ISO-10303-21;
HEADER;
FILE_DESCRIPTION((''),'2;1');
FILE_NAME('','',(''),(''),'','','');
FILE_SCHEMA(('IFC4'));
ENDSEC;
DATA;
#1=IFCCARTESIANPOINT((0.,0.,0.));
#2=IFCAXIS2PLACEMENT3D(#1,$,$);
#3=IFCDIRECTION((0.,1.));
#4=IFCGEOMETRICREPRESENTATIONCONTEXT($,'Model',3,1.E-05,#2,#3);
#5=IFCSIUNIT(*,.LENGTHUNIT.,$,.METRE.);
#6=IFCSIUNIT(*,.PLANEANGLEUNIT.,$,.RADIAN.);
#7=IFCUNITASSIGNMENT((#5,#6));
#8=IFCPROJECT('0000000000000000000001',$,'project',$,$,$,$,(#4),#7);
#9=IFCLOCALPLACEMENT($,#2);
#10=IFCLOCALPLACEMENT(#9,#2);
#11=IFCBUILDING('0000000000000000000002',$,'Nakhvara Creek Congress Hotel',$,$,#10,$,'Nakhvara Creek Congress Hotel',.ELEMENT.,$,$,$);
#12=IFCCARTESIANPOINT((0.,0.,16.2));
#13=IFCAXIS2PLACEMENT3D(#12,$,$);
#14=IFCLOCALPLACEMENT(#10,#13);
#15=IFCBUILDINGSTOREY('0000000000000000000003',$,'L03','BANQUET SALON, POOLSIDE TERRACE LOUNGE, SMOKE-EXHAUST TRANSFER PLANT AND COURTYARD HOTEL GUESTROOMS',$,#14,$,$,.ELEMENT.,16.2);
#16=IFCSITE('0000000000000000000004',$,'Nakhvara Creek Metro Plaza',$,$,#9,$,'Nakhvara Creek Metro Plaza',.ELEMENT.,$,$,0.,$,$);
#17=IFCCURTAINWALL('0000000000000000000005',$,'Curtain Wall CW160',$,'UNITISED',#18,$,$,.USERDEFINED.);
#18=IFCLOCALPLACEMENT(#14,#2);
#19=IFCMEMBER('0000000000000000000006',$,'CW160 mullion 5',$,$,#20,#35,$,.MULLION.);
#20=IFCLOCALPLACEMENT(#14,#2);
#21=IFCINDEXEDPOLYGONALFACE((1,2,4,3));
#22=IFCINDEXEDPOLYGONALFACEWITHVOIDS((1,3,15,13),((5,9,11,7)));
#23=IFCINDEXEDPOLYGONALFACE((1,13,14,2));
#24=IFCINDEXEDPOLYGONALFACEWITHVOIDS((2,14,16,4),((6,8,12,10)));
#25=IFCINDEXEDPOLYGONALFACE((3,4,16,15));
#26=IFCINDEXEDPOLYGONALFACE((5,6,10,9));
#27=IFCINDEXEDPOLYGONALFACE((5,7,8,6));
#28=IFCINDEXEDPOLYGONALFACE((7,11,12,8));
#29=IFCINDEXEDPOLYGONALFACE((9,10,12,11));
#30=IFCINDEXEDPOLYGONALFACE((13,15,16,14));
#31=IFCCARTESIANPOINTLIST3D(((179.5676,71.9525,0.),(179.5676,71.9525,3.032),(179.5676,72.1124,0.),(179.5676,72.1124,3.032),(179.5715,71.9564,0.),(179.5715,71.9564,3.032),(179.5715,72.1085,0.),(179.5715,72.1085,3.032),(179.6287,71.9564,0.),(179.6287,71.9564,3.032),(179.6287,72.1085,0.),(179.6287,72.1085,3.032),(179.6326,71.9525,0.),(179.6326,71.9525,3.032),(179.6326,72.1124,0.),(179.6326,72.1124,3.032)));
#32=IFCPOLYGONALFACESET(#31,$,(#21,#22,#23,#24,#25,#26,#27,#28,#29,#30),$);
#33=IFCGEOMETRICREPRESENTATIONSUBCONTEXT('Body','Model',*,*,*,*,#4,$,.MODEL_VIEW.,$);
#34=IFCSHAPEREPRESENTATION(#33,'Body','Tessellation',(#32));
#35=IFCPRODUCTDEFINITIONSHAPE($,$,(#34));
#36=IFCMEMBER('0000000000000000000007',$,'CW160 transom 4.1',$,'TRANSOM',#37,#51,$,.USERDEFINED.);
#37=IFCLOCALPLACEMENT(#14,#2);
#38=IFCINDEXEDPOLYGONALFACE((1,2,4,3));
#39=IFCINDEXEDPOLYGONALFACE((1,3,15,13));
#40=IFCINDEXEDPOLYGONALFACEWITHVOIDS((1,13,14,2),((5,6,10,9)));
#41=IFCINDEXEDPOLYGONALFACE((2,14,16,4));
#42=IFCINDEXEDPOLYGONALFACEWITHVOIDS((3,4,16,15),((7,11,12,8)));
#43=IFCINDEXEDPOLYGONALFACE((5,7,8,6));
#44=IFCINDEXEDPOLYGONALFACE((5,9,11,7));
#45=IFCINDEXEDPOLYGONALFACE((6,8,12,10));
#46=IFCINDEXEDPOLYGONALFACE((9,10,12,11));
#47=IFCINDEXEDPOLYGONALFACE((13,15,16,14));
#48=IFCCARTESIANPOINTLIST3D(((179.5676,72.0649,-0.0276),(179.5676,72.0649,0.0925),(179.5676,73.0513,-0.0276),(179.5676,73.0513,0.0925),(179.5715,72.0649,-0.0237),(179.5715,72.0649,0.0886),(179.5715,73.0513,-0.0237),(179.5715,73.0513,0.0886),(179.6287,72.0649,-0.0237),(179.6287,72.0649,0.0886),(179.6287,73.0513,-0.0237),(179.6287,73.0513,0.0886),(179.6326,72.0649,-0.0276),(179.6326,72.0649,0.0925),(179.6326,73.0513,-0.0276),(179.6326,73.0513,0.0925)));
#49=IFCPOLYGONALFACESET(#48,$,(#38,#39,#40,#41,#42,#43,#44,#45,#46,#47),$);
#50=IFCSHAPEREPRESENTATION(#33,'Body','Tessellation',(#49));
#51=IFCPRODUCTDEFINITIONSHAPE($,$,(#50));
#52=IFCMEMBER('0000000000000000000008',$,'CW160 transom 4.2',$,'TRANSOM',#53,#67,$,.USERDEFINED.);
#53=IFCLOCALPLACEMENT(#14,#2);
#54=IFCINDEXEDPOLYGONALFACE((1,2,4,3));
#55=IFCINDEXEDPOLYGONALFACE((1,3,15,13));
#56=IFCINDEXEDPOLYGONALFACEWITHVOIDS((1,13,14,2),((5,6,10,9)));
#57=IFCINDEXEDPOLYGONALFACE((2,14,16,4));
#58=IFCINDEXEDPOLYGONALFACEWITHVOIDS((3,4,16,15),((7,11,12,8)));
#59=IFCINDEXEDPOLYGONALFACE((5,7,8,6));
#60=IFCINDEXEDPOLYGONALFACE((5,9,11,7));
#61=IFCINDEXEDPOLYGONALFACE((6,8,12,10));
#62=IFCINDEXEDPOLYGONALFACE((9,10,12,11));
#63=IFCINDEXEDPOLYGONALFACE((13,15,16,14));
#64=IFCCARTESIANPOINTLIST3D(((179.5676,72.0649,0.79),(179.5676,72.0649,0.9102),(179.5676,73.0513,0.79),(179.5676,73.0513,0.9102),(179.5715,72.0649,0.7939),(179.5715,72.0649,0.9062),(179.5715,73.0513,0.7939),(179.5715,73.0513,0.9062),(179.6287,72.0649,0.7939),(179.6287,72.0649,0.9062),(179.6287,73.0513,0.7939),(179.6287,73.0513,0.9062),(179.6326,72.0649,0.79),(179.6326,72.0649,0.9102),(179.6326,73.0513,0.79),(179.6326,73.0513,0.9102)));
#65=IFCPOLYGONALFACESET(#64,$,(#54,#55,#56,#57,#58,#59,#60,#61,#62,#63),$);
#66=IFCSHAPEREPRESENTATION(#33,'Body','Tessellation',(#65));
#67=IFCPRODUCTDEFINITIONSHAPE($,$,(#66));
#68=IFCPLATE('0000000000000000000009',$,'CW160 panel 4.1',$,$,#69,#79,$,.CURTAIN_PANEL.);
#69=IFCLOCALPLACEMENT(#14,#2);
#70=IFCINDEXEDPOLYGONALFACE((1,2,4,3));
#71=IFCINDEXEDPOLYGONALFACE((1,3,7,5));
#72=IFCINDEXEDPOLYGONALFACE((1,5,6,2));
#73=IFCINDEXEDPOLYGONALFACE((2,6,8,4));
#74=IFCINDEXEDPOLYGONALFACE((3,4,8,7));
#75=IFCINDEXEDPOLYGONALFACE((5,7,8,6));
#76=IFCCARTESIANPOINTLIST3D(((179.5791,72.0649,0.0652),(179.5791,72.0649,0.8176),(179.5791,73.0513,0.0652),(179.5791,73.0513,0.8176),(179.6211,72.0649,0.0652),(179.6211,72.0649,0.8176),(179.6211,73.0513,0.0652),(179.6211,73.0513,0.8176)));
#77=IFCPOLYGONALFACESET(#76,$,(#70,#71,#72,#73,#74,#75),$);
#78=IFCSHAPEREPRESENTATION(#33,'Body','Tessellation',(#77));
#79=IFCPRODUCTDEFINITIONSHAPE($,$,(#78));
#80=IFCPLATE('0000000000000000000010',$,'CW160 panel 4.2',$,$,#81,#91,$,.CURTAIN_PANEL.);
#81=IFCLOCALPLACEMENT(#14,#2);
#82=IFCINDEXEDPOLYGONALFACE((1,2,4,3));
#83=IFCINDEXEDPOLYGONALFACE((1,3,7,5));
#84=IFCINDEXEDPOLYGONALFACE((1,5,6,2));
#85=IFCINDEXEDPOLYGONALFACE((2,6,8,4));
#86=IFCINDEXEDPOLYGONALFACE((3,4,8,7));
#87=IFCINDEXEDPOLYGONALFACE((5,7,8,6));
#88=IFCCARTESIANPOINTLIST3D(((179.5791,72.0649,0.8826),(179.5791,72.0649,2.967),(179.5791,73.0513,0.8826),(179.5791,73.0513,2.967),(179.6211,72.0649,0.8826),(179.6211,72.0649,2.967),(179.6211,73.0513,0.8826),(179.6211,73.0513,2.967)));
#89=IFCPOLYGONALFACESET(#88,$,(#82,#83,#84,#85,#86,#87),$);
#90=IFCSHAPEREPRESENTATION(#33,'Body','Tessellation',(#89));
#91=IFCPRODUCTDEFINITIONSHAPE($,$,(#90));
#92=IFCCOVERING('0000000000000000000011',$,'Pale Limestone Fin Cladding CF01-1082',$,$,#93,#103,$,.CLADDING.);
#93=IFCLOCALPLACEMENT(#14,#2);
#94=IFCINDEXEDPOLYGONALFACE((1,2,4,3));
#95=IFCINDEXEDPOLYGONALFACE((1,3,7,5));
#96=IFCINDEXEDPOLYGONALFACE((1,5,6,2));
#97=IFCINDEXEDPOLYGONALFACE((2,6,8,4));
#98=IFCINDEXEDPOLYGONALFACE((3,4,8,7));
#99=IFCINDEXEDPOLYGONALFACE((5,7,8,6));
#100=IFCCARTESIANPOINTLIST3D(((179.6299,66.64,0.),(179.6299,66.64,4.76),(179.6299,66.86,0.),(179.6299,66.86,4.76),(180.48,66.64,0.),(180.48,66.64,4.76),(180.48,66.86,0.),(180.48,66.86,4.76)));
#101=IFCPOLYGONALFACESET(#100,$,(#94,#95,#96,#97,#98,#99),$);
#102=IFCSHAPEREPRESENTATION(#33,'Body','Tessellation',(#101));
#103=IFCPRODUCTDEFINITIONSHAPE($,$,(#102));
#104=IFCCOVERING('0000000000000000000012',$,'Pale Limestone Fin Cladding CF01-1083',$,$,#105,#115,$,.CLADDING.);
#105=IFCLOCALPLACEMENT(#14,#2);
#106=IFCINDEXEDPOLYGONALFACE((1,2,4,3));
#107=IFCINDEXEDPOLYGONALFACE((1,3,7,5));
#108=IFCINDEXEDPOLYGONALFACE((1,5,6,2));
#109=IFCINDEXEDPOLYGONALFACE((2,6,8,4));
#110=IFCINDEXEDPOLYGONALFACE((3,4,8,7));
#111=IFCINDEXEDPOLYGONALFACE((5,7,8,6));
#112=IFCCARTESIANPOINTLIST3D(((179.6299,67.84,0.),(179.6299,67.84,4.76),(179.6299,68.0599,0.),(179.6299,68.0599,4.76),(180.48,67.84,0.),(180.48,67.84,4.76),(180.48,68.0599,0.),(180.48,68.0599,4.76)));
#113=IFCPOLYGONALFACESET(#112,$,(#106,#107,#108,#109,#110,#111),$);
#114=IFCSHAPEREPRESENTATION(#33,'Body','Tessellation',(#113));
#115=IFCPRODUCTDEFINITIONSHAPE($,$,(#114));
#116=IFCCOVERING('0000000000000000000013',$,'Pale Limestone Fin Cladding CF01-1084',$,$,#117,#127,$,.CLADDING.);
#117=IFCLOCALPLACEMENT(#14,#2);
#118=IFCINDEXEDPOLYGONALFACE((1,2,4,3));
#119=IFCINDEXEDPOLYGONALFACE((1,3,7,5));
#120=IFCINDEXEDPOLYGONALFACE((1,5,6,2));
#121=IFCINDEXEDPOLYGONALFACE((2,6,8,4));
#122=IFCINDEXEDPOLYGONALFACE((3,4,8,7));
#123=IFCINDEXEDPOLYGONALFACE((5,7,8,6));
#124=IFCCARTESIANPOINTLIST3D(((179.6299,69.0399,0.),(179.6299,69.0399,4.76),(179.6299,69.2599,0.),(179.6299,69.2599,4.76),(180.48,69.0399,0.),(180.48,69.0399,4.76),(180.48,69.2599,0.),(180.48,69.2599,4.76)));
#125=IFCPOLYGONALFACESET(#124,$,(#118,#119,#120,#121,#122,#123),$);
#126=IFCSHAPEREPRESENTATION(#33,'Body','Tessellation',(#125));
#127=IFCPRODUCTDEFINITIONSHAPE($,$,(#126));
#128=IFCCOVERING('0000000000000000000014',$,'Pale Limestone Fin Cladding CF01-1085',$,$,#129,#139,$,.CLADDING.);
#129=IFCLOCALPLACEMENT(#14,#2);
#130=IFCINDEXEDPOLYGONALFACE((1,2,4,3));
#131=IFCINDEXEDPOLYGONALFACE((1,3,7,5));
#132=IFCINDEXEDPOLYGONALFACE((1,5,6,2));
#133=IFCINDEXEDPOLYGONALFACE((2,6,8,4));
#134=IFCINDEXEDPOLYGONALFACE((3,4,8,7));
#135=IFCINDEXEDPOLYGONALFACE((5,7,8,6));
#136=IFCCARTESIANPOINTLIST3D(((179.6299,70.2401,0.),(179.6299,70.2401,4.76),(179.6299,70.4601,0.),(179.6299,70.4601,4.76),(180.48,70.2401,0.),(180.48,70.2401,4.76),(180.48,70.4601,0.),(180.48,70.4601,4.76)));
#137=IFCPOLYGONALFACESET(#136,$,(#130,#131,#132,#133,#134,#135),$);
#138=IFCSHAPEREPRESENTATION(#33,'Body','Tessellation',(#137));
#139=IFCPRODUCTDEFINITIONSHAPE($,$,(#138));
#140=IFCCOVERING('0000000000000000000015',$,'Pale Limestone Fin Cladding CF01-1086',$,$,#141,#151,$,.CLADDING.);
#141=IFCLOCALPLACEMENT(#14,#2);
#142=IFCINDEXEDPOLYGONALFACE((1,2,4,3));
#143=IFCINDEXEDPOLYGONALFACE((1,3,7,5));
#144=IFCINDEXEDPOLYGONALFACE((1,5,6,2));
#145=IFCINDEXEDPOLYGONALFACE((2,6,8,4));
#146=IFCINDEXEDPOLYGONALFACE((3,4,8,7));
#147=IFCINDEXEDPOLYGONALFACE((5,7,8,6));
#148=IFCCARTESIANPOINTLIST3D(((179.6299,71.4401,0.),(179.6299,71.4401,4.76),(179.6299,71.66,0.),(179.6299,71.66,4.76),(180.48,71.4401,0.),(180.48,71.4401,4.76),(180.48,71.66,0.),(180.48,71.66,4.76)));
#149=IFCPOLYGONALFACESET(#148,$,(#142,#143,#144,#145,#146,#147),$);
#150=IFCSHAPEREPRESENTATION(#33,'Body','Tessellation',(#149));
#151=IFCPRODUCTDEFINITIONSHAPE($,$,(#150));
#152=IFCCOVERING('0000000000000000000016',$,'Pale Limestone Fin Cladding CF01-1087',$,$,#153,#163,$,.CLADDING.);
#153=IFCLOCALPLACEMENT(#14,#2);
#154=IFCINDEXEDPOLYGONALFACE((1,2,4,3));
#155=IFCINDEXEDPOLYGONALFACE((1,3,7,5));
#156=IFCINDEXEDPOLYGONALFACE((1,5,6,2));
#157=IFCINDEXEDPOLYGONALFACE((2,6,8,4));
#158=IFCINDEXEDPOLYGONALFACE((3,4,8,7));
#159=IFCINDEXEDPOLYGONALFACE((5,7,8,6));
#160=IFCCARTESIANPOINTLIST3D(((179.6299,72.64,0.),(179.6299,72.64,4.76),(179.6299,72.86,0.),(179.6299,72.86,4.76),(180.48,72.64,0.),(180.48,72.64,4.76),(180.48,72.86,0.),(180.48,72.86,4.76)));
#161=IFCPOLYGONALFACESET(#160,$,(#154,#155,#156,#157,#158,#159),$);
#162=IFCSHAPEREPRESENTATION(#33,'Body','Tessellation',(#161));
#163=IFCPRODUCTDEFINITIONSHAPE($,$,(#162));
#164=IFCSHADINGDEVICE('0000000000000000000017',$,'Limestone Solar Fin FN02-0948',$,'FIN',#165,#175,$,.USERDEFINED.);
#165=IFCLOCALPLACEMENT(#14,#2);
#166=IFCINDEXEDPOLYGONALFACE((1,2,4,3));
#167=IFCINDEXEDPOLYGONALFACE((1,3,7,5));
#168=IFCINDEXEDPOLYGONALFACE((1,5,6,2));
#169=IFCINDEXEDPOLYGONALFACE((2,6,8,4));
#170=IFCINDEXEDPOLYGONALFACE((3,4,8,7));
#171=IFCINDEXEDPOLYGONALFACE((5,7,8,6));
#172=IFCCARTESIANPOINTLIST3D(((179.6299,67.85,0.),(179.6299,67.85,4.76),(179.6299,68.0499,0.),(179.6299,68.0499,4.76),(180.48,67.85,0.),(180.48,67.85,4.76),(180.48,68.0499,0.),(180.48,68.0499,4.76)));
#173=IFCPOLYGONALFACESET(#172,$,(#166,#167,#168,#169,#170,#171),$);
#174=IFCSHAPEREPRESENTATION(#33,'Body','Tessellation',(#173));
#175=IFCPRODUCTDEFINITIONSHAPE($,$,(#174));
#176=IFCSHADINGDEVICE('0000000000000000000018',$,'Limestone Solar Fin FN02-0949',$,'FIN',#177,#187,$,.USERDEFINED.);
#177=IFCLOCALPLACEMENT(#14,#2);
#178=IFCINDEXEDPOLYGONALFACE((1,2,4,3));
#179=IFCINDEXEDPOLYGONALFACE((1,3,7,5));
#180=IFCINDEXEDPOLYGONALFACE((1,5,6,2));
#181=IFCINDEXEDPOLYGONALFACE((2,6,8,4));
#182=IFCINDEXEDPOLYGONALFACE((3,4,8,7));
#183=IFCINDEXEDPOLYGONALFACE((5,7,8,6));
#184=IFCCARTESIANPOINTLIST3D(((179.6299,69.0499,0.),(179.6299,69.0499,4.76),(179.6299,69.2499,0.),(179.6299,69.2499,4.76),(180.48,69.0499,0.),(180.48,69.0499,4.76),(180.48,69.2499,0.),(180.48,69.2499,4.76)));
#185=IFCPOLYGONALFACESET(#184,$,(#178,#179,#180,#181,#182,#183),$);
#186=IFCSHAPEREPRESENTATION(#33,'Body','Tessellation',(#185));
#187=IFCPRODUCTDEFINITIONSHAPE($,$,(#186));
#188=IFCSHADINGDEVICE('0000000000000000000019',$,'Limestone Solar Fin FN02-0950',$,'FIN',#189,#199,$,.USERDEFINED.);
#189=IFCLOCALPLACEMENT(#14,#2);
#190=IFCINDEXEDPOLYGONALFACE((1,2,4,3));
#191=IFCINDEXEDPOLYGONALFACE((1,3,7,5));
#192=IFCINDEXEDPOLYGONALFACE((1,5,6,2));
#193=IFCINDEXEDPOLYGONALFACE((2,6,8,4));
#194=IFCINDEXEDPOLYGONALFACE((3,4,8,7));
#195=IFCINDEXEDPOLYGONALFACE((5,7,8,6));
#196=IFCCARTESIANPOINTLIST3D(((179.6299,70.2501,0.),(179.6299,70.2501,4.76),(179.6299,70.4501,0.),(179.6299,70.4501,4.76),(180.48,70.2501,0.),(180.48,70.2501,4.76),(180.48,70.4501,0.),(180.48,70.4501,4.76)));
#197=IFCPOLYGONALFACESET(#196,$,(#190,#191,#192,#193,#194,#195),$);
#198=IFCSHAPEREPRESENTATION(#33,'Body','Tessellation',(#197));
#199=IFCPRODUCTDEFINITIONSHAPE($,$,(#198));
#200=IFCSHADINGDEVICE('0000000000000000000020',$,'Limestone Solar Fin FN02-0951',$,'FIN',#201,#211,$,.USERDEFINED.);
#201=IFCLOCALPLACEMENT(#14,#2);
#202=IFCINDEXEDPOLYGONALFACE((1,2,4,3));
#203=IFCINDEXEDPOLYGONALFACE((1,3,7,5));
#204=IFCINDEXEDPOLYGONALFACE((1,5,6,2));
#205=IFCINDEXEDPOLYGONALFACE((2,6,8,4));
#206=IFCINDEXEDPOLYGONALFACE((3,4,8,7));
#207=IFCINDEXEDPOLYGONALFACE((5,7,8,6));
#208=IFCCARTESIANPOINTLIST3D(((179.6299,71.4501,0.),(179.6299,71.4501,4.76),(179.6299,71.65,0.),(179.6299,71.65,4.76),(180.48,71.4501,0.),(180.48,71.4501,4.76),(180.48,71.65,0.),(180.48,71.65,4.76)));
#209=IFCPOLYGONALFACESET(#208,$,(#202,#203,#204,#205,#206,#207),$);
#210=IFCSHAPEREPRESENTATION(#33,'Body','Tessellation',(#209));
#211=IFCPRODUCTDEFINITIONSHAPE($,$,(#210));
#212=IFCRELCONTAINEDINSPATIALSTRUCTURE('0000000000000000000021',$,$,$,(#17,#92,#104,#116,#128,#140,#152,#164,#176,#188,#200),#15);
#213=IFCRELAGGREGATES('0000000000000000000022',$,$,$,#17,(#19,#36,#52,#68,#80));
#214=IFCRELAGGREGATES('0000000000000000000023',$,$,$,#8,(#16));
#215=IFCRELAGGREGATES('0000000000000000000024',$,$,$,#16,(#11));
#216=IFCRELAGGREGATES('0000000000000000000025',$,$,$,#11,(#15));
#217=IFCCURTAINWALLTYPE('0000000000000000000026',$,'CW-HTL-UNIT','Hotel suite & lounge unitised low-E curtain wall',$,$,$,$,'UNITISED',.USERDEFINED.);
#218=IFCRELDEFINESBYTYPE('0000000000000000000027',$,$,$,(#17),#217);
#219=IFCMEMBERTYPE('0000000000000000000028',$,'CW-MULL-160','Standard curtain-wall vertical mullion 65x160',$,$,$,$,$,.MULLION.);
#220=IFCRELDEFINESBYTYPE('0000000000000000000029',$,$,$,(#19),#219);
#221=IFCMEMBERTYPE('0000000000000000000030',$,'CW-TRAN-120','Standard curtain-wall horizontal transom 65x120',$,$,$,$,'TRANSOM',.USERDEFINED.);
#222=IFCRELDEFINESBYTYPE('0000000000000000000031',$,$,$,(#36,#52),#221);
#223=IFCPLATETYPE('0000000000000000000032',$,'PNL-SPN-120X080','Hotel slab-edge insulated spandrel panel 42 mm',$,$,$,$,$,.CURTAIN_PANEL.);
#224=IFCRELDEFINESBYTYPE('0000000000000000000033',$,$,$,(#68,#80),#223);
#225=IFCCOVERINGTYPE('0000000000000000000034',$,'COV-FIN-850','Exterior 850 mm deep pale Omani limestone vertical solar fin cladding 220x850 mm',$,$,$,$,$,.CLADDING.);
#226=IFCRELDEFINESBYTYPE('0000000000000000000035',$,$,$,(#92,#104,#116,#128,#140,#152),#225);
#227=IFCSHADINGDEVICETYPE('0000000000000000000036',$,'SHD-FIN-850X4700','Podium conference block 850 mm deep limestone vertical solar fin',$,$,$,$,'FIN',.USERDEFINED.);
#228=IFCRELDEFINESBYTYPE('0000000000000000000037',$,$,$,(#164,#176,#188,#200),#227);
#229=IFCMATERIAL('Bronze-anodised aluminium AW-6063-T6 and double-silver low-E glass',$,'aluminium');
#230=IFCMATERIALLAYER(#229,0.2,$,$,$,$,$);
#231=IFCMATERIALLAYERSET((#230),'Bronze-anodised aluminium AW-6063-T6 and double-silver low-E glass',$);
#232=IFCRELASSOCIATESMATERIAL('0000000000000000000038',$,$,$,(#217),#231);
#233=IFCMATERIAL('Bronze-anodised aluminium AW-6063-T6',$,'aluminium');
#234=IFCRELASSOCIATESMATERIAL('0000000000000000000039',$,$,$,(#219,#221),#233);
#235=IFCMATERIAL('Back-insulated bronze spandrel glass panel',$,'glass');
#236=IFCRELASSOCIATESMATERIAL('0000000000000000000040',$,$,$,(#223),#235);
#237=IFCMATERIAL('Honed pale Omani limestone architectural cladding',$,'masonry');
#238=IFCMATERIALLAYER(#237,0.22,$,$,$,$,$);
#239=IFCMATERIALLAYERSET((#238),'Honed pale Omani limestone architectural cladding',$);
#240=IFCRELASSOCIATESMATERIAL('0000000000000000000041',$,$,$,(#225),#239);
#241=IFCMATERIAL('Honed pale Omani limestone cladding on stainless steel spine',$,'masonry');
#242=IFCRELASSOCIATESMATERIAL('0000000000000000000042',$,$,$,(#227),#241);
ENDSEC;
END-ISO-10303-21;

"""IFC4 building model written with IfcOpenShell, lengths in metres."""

from ifc_helpers import new_model, si_unit, direction, frame, origin, origin_2d, place, context, subcontext, project, spatial, rectangle, hollow_rectangle, extrude, material, layer, layer_set, material_profile, profile_set, type_object, element, aggregate, save


model = new_model("IFC4")

# Units and contexts
model_context = context("Model", 3, precision=1e-05, world=origin(), true_north=direction((0.0, 1.0)))
body_context = subcontext(model_context, "Body", "Model", "MODEL_VIEW")
ifc_project = project(units=[si_unit("LENGTHUNIT", "METRE"), si_unit("PLANEANGLEUNIT", "RADIAN")], contexts=[model_context])

# Site, building, storey
site_placement = place(None, origin())
site = spatial("IfcSite", under=ifc_project, at=site_placement, Name="Nakhvara Creek Metro Plaza", LongName="Nakhvara Creek Metro Plaza", CompositionType="ELEMENT", RefElevation=0.0)
building_placement = place(site_placement, origin())
building = spatial("IfcBuilding", under=site, at=building_placement, Name="Nakhvara Creek Congress Hotel", LongName="Nakhvara Creek Congress Hotel", CompositionType="ELEMENT")
storey_placement = place(building_placement, frame((0.0, 0.0, 16.2)))
storey = spatial("IfcBuildingStorey", under=building, at=storey_placement, Name="L03", Description="BANQUET SALON, POOLSIDE TERRACE LOUNGE, SMOKE-EXHAUST TRANSFER PLANT AND COURTYARD HOTEL GUESTROOMS", CompositionType="ELEMENT", Elevation=16.2)

# Curtain wall, members, plates
ifc_material_1 = material(Name="Bronze-anodised aluminium AW-6063-T6 and double-silver low-E glass", Category="aluminium")
ifc_layer_1 = layer(ifc_material_1, 0.2)
ifc_layer_set_1 = layer_set([ifc_layer_1], Name="Bronze-anodised aluminium AW-6063-T6 and double-silver low-E glass")
curtain_wall_type = type_object("IfcCurtainWallType", Name="CW-HTL-UNIT", Description="Hotel suite & lounge unitised low-E curtain wall", ElementType="UNITISED", PredefinedType="USERDEFINED", material=ifc_layer_set_1)
curtain_wall_placement = place(storey_placement, origin())
curtain_wall = element("IfcCurtainWall", 1, at=curtain_wall_placement, inside=storey, type_object=curtain_wall_type, Name="Curtain Wall CW160", ObjectType="UNITISED", PredefinedType="USERDEFINED")
ifc_material_2 = material(Name="Bronze-anodised aluminium AW-6063-T6", Category="aluminium")
ifc_material_profile_1 = material_profile(ifc_material_2, hollow_rectangle(XDim=0.0649, YDim=0.1599, WallThickness=0.0039, at=origin_2d()), Name="ALU-MULL 65x160x4", Category="LoadBearing")
ifc_profile_set_1 = profile_set([ifc_material_profile_1], Name="Bronze-anodised aluminium AW-6063-T6")
member_type_1 = type_object("IfcMemberType", Name="CW-MULL-160", Description="Standard curtain-wall vertical mullion 65x160", PredefinedType="MULLION", material=ifc_profile_set_1)
member_1_placement = place(storey_placement, frame((179.6001, 72.0325, 0.0), z_axis=(0.0, 0.0, 1.0), x_axis=(1.0, 0.0, 0.0)))
member_1 = element("IfcMember", 2, at=member_1_placement, type_object=member_type_1, Name="CW160 mullion 5", PredefinedType="MULLION", context=body_context, shape_type="SweptSolid", body=[
    extrude(hollow_rectangle(XDim=0.0649, YDim=0.1599, WallThickness=0.0039, at=origin_2d()), origin(), (0.0, 0.0, 1.0), 3.032),
])
ifc_material_profile_2 = material_profile(ifc_material_2, hollow_rectangle(XDim=0.0649, YDim=0.1201, WallThickness=0.0039, at=origin_2d()), Name="ALU-TRAN 65x120x4", Category="LoadBearing")
ifc_profile_set_2 = profile_set([ifc_material_profile_2], Name="Bronze-anodised aluminium AW-6063-T6")
member_type_2 = type_object("IfcMemberType", Name="CW-TRAN-120", Description="Standard curtain-wall horizontal transom 65x120", ElementType="TRANSOM", PredefinedType="USERDEFINED", material=ifc_profile_set_2)
member_2_placement = place(storey_placement, frame((179.6001, 73.0513, 0.0325), z_axis=(0.0, -1.0, 0.0), x_axis=(1.0, 0.0, 0.0)))
member_2 = element("IfcMember", 3, at=member_2_placement, type_object=member_type_2, Name="CW160 transom 4.1", ObjectType="TRANSOM", PredefinedType="USERDEFINED", context=body_context, shape_type="SweptSolid", body=[
    extrude(hollow_rectangle(XDim=0.0649, YDim=0.1201, WallThickness=0.0039, at=origin_2d()), origin(), (0.0, 0.0, 1.0), 0.9863),
])
member_3_placement = place(storey_placement, frame((179.6001, 73.0513, 0.8501), z_axis=(0.0, -1.0, 0.0), x_axis=(1.0, 0.0, 0.0)))
member_3 = element("IfcMember", 4, at=member_3_placement, type_object=member_type_2, Name="CW160 transom 4.2", ObjectType="TRANSOM", PredefinedType="USERDEFINED", context=body_context, shape_type="SweptSolid", body=[
    extrude(hollow_rectangle(XDim=0.0649, YDim=0.1201, WallThickness=0.0039, at=origin_2d()), origin(), (0.0, 0.0, 1.0), 0.9863),
])
ifc_material_3 = material(Name="Back-insulated bronze spandrel glass panel", Category="glass")
plate_type = type_object("IfcPlateType", Name="PNL-SPN-120X080", Description="Hotel slab-edge insulated spandrel panel 42 mm", PredefinedType="CURTAIN_PANEL", material=ifc_material_3)
plate_1_placement = place(storey_placement, frame((179.6001, 72.5581, 0.0652), z_axis=(0.0, 0.0, 1.0), x_axis=(0.0, -1.0, 0.0)))
plate_1 = element("IfcPlate", 5, at=plate_1_placement, type_object=plate_type, Name="CW160 panel 4.1", PredefinedType="CURTAIN_PANEL", context=body_context, shape_type="SweptSolid", body=[
    extrude(rectangle(XDim=0.9863, YDim=0.042, at=origin_2d()), origin(), (0.0, 0.0, 1.0), 0.7524),
])
plate_2_placement = place(storey_placement, frame((179.6001, 72.5581, 0.8826), z_axis=(0.0, 0.0, 1.0), x_axis=(0.0, -1.0, 0.0)))
plate_2 = element("IfcPlate", 6, at=plate_2_placement, type_object=plate_type, Name="CW160 panel 4.2", PredefinedType="CURTAIN_PANEL", context=body_context, shape_type="SweptSolid", body=[
    extrude(rectangle(XDim=0.9863, YDim=0.042, at=origin_2d()), origin(), (0.0, 0.0, 1.0), 2.0845),
])
aggregate(curtain_wall, [member_1, member_2, member_3, plate_1, plate_2])

# Coverings
ifc_material_4 = material(Name="Honed pale Omani limestone architectural cladding", Category="masonry")
ifc_layer_2 = layer(ifc_material_4, 0.22)
ifc_layer_set_2 = layer_set([ifc_layer_2], Name="Honed pale Omani limestone architectural cladding")
covering_type = type_object("IfcCoveringType", Name="COV-FIN-850", Description="Exterior 850 mm deep pale Omani limestone vertical solar fin cladding 220x850 mm", PredefinedType="CLADDING", material=ifc_layer_set_2)
for number, where, z_axis, x_axis, name in (
    (7, (180.0549, 66.75, 0.0), (0.0, 0.0, 1.0), (0.0, 1.0, 0.0), "Pale Limestone Fin Cladding CF01-1082"),
    (8, (180.0549, 67.95, 0.0), (0.0, 0.0, 1.0), (0.0, 1.0, 0.0), "Pale Limestone Fin Cladding CF01-1083"),
    (9, (180.0549, 69.1499, 0.0), (0.0, 0.0, 1.0), (0.0, 1.0, 0.0), "Pale Limestone Fin Cladding CF01-1084"),
    (10, (180.0549, 70.3501, 0.0), (0.0, 0.0, 1.0), (0.0, 1.0, 0.0), "Pale Limestone Fin Cladding CF01-1085"),
    (11, (180.0549, 71.55, 0.0), (0.0, 0.0, 1.0), (0.0, 1.0, 0.0), "Pale Limestone Fin Cladding CF01-1086"),
    (12, (180.0549, 72.75, 0.0), (0.0, 0.0, 1.0), (0.0, 1.0, 0.0), "Pale Limestone Fin Cladding CF01-1087"),
):
    element("IfcCovering", number, at=place(storey_placement, frame(where, z_axis=z_axis, x_axis=x_axis)), inside=storey, type_object=covering_type, Name=name, PredefinedType="CLADDING", context=body_context, shape_type="SweptSolid", body=[
        extrude(rectangle(XDim=0.22, YDim=0.8501, at=origin_2d()), origin(), (0.0, 0.0, 1.0), 4.76),
    ])

# Shading devices
ifc_material_5 = material(Name="Honed pale Omani limestone cladding on stainless steel spine", Category="masonry")
shading_device_type = type_object("IfcShadingDeviceType", Name="SHD-FIN-850X4700", Description="Podium conference block 850 mm deep limestone vertical solar fin", ElementType="FIN", PredefinedType="USERDEFINED", material=ifc_material_5)
for number, where, z_axis, x_axis, name in (
    (13, (180.0549, 67.95, 0.0), (0.0, 0.0, 1.0), (0.0, 1.0, 0.0), "Limestone Solar Fin FN02-0948"),
    (14, (180.0549, 69.1499, 0.0), (0.0, 0.0, 1.0), (0.0, 1.0, 0.0), "Limestone Solar Fin FN02-0949"),
    (15, (180.0549, 70.3501, 0.0), (0.0, 0.0, 1.0), (0.0, 1.0, 0.0), "Limestone Solar Fin FN02-0950"),
    (16, (180.0549, 71.55, 0.0), (0.0, 0.0, 1.0), (0.0, 1.0, 0.0), "Limestone Solar Fin FN02-0951"),
):
    element("IfcShadingDevice", number, at=place(storey_placement, frame(where, z_axis=z_axis, x_axis=x_axis)), inside=storey, type_object=shading_device_type, Name=name, ObjectType="FIN", PredefinedType="USERDEFINED", context=body_context, shape_type="SweptSolid", body=[
        extrude(rectangle(XDim=0.2, YDim=0.8501, at=origin_2d()), origin(), (0.0, 0.0, 1.0), 4.76),
    ])

save(model, "model.ifc")
